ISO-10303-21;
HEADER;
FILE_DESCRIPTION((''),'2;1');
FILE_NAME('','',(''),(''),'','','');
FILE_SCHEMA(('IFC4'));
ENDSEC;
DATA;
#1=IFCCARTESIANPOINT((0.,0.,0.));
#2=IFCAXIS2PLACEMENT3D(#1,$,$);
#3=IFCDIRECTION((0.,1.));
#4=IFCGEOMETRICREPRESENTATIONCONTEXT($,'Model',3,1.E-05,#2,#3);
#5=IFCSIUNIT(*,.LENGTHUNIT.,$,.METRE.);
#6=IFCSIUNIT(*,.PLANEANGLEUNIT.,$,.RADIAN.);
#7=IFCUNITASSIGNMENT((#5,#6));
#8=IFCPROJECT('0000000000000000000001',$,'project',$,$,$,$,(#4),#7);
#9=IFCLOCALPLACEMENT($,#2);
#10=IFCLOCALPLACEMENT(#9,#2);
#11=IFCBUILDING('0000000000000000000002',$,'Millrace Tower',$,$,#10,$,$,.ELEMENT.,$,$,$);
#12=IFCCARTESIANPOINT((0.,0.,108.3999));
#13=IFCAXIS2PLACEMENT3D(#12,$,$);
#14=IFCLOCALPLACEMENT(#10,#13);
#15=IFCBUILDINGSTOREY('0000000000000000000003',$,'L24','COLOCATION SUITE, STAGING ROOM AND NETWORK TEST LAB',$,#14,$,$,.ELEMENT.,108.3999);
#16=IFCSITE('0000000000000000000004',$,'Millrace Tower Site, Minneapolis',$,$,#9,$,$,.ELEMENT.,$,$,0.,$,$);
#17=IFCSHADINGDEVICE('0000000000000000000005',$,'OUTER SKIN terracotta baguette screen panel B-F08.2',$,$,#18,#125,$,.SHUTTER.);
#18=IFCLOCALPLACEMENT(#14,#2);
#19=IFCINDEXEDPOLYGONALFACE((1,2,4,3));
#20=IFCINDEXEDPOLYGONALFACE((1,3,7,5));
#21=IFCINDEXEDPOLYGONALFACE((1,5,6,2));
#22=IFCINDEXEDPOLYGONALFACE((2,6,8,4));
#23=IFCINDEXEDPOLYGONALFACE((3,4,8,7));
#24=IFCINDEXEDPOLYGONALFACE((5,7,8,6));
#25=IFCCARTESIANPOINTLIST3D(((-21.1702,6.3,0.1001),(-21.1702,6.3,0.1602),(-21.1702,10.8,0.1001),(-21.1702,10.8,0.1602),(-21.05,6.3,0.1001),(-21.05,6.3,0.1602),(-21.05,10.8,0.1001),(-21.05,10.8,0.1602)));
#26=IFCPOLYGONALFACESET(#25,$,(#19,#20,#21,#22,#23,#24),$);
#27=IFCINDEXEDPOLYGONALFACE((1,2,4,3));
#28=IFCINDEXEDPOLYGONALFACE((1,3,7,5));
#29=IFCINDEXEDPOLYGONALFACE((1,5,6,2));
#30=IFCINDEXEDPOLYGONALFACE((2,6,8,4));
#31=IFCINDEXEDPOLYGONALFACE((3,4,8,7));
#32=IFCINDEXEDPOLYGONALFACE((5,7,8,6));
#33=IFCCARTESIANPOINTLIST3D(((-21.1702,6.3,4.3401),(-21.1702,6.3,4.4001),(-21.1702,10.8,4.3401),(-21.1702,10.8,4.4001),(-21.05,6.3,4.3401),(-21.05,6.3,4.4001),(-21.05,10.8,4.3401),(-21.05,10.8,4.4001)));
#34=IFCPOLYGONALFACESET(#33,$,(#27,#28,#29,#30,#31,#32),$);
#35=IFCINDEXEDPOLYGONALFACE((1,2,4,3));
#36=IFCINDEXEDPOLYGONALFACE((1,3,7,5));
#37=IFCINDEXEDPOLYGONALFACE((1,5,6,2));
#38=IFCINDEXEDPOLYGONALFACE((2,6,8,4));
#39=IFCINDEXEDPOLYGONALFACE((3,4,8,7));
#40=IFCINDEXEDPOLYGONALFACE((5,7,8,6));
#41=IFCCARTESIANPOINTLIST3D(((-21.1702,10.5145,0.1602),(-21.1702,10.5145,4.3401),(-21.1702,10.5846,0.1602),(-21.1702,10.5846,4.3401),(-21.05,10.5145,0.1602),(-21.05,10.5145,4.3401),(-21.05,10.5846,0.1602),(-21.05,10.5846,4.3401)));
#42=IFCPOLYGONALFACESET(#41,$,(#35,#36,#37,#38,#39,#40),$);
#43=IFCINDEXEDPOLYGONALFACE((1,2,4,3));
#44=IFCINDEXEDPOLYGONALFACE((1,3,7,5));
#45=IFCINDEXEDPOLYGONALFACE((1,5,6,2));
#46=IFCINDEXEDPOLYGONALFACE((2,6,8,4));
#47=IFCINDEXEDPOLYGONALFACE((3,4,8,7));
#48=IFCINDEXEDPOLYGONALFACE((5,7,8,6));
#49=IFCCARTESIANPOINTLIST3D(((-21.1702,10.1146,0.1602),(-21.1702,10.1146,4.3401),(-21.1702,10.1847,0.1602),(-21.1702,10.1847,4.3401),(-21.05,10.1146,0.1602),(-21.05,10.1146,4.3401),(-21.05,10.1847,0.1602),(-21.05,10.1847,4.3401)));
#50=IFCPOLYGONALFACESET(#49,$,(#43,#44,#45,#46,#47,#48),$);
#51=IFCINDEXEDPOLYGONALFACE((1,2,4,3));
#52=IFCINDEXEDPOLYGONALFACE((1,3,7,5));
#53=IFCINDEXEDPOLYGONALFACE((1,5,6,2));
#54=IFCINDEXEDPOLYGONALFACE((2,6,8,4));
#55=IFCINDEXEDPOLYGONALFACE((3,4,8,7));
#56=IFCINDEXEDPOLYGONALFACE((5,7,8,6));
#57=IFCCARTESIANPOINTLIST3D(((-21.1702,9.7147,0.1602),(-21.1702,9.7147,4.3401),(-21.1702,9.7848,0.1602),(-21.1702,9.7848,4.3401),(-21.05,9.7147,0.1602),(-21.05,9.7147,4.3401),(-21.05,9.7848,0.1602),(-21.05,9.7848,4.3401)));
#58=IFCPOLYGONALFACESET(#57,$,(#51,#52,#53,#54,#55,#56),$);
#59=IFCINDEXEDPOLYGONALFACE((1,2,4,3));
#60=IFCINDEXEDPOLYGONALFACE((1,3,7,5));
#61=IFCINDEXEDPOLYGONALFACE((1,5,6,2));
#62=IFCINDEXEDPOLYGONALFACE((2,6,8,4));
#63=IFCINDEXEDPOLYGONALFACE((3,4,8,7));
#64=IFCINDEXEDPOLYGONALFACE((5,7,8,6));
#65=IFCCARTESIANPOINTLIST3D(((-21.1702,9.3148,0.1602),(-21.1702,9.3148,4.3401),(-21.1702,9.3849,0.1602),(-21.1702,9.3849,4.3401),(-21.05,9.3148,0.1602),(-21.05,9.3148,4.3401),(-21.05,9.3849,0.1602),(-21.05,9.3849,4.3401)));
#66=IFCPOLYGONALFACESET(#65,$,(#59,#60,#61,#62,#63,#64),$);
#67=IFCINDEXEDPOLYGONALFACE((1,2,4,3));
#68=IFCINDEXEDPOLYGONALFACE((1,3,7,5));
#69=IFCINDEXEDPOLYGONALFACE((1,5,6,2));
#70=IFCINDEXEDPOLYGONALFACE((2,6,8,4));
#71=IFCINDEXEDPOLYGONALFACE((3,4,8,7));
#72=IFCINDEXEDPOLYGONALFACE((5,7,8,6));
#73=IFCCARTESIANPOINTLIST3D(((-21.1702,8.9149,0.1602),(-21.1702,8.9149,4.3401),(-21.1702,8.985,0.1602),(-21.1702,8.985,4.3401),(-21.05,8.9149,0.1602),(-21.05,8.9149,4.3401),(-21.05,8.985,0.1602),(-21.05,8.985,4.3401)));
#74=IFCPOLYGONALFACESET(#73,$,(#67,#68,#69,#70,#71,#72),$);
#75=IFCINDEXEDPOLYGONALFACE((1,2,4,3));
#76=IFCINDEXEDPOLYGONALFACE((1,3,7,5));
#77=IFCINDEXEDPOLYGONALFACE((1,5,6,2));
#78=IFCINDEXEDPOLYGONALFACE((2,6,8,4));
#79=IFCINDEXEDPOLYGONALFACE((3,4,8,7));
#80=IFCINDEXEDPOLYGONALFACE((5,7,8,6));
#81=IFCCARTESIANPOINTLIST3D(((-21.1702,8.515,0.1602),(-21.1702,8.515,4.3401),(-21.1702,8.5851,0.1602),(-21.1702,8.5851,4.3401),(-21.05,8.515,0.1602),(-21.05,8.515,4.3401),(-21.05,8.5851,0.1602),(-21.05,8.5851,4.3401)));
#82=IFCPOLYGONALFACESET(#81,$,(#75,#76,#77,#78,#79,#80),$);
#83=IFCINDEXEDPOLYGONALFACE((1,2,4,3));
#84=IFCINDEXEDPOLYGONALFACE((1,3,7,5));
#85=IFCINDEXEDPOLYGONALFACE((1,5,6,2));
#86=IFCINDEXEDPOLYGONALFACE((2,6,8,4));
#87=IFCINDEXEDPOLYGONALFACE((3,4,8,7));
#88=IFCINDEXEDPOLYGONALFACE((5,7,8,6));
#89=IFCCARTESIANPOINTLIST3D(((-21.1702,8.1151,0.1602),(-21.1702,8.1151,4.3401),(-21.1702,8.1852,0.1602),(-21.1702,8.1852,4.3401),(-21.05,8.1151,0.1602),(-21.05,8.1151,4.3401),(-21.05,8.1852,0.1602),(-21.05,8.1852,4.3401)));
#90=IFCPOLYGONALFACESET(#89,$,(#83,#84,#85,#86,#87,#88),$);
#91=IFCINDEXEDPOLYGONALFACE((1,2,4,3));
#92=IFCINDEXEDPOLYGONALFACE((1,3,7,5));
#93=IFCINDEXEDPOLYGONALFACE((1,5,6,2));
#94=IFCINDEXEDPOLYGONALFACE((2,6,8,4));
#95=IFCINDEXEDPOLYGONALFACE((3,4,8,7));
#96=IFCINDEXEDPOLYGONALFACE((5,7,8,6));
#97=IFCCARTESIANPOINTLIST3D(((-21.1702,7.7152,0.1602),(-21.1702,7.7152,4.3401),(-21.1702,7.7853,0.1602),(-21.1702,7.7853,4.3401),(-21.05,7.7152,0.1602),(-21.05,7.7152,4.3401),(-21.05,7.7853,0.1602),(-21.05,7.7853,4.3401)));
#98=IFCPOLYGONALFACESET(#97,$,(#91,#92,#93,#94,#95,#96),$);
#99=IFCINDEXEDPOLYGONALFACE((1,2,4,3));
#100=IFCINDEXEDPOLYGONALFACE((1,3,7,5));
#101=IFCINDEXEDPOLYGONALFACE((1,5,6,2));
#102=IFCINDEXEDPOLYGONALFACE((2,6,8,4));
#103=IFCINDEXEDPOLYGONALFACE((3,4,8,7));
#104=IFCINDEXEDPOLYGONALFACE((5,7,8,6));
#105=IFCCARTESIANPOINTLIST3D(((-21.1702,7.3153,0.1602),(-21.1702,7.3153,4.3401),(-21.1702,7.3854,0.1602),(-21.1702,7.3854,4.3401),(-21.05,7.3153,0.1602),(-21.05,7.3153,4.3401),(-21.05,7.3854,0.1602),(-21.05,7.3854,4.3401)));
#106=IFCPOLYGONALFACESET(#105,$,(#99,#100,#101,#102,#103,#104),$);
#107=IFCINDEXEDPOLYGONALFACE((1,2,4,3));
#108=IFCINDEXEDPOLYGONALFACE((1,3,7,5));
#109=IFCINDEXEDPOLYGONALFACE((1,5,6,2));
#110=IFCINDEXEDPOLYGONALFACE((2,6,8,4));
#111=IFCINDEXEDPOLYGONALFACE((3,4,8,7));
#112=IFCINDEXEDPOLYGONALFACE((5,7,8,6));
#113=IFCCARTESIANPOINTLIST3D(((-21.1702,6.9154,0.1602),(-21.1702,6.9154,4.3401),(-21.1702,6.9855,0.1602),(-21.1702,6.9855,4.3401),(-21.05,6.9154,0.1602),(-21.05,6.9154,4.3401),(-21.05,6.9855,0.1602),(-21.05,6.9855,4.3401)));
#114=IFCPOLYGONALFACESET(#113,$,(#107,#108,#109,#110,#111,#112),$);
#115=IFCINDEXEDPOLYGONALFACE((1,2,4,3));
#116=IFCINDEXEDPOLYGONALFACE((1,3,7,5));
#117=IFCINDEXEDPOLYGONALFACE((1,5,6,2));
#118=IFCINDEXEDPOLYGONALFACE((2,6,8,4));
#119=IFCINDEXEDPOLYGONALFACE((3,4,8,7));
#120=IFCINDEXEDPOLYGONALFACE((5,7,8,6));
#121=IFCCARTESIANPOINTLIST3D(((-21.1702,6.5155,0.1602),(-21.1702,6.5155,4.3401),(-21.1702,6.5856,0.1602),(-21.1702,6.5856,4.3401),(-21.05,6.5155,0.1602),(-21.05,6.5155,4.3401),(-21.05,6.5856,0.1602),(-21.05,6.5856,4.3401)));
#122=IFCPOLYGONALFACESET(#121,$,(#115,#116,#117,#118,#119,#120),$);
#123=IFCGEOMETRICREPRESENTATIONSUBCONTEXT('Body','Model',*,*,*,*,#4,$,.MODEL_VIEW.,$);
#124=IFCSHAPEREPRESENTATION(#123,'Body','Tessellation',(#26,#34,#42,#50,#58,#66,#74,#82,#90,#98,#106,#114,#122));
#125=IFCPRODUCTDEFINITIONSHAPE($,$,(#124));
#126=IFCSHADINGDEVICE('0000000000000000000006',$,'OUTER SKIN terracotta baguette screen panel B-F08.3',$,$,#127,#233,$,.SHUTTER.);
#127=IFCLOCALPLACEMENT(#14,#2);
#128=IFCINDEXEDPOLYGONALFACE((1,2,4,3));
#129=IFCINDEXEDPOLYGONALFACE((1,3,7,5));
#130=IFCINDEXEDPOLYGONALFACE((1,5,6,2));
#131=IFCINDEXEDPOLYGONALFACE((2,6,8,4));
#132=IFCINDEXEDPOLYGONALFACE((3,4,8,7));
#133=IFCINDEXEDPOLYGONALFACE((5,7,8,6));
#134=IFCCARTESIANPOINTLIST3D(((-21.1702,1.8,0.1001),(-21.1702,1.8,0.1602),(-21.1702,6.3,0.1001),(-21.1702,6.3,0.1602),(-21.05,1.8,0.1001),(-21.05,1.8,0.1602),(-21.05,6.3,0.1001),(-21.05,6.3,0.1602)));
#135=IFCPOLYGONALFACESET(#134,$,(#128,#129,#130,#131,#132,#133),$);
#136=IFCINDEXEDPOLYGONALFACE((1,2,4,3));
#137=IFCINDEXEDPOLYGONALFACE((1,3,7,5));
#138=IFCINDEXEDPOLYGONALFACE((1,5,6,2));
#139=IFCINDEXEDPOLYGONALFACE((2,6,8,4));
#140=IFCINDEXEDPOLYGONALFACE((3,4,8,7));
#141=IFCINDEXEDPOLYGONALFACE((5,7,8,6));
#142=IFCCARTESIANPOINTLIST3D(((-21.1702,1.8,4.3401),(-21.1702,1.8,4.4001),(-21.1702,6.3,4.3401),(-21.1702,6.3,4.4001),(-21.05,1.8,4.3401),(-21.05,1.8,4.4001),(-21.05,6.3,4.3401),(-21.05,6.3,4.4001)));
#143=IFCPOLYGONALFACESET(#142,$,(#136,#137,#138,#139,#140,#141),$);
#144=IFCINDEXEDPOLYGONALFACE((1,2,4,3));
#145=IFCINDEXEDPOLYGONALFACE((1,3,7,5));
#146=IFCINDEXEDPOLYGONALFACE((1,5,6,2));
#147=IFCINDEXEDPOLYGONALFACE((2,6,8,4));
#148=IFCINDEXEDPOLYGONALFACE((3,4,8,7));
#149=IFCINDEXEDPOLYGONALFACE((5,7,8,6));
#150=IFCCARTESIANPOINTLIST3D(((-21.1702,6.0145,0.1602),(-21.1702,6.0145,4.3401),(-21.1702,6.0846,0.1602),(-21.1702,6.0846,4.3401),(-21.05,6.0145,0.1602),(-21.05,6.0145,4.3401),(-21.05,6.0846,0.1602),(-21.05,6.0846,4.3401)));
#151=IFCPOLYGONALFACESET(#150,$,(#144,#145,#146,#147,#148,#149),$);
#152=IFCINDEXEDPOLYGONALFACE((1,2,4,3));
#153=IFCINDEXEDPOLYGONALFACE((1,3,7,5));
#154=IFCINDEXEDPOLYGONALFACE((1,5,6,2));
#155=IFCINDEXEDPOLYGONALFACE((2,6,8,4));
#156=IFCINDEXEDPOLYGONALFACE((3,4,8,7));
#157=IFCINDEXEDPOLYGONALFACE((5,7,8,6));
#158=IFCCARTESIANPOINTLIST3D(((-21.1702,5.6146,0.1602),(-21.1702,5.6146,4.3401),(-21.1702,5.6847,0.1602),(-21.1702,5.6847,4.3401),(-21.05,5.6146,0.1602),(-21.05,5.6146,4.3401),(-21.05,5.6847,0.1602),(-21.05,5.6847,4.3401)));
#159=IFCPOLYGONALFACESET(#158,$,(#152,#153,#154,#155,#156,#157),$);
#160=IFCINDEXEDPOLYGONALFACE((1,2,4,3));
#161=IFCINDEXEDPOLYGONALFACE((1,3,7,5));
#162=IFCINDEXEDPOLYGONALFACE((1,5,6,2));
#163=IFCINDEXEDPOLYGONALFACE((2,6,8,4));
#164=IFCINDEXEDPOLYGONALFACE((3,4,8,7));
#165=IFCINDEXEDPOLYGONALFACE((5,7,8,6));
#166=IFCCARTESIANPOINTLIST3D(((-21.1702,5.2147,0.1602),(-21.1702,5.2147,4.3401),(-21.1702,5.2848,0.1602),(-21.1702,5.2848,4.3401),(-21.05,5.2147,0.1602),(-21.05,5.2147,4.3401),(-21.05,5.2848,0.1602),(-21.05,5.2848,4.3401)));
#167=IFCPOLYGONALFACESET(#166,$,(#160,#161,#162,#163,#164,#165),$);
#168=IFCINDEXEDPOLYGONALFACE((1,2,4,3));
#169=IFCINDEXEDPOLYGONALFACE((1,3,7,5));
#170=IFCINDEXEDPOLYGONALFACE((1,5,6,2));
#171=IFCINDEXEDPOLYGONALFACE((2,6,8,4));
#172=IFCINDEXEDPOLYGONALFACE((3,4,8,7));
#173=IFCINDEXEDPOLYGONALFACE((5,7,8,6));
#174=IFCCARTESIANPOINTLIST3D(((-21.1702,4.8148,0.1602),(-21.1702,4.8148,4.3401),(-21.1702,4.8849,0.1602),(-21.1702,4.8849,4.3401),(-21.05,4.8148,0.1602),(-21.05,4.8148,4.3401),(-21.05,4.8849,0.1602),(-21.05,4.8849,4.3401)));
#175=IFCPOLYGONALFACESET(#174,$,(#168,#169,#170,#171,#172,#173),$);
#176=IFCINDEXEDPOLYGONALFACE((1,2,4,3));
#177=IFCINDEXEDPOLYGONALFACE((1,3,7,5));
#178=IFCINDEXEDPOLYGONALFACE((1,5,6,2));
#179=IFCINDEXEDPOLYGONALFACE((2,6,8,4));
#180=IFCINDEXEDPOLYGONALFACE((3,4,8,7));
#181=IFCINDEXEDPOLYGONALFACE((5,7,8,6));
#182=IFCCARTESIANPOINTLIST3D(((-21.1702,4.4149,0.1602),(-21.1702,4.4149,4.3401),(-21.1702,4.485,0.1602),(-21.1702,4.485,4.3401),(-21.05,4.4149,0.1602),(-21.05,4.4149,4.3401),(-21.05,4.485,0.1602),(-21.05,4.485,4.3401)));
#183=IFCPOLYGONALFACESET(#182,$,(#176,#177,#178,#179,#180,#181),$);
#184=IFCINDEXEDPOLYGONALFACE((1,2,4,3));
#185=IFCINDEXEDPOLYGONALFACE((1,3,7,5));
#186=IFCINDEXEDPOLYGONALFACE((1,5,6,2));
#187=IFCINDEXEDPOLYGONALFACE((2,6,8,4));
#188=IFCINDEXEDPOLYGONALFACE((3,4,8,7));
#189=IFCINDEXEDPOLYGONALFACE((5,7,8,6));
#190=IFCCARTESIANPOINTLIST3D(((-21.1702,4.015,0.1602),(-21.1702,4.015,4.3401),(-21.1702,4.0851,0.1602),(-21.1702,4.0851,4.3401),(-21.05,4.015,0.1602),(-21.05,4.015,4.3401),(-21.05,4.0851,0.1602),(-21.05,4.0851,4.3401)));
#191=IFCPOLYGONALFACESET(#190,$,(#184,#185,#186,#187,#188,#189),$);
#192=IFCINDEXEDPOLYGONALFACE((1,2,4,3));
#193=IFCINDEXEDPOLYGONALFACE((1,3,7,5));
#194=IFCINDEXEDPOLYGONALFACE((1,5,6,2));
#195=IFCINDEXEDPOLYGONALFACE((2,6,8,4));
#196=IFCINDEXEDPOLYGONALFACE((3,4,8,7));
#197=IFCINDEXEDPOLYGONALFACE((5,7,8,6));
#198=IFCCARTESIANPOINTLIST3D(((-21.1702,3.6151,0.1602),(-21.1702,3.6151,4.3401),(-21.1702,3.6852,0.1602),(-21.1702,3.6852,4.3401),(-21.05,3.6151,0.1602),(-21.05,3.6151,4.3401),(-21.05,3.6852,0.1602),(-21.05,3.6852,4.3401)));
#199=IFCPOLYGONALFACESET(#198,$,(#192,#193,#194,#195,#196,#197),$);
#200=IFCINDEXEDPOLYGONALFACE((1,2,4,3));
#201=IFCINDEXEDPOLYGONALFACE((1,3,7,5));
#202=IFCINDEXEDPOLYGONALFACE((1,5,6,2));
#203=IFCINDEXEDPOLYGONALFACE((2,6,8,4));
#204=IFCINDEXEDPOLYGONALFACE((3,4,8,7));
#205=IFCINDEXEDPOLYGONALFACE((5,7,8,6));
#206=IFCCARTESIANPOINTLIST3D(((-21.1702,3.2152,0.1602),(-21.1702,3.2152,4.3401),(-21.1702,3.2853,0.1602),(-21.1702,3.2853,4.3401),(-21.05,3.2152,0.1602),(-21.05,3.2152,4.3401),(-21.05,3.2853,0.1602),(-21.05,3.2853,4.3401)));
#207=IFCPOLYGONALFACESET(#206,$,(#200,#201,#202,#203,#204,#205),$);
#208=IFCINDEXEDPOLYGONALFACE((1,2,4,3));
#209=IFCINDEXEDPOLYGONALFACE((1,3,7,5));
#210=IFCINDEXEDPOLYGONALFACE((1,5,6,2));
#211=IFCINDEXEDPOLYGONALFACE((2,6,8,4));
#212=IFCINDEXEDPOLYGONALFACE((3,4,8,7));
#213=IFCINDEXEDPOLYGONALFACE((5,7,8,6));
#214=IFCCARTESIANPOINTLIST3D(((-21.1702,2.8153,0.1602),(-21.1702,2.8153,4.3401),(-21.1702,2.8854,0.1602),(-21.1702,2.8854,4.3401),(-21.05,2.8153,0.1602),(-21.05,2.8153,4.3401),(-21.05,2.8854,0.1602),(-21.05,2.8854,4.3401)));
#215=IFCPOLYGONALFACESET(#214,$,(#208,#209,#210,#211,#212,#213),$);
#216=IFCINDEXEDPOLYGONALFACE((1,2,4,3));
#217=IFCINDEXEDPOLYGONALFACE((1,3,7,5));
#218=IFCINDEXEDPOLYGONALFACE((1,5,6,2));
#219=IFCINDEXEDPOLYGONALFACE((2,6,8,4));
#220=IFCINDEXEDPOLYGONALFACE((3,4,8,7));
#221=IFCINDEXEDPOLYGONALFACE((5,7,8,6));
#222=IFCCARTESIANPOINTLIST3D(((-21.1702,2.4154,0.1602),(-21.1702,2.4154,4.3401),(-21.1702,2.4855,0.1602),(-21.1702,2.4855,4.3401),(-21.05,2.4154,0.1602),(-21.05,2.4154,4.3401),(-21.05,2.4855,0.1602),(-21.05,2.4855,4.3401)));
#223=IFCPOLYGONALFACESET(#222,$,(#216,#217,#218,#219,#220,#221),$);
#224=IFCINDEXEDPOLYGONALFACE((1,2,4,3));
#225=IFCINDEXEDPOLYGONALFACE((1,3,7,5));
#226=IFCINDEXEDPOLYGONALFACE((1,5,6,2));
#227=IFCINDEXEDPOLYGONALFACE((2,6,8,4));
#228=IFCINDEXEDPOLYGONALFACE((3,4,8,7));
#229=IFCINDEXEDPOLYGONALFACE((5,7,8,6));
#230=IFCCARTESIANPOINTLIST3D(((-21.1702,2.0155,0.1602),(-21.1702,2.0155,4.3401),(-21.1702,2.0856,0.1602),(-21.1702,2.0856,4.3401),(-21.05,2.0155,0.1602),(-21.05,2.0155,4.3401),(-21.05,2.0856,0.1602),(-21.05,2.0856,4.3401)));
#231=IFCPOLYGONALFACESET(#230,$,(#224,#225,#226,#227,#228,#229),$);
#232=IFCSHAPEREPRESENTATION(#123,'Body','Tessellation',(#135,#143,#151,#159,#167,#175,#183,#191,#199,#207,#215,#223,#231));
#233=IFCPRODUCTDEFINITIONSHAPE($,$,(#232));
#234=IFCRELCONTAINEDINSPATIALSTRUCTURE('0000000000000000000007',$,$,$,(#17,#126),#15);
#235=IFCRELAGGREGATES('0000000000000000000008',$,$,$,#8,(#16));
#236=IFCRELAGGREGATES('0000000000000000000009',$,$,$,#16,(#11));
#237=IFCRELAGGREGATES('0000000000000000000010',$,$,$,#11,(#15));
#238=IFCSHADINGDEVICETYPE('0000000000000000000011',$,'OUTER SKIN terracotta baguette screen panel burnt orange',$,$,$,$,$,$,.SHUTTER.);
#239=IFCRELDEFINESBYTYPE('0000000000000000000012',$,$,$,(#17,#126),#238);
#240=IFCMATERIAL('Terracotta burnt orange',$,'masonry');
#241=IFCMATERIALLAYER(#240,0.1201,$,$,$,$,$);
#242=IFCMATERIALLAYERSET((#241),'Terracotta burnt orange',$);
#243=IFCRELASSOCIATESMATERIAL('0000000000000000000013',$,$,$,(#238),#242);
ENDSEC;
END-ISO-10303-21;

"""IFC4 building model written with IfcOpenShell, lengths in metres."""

from ifc_helpers import new_model, entity, si_unit, direction, frame, frame_2d, origin, origin_2d, place, context, subcontext, project, spatial, rectangle, extrude, source, transform, mapped, material, layer, layer_set, type_object, element, save


model = new_model("IFC4")

# Units and contexts
model_context = context("Model", 3, precision=1e-05, world=origin(), true_north=direction((0.0, 1.0)))
body_context = subcontext(model_context, "Body", "Model", "MODEL_VIEW")
ifc_project = project(units=[si_unit("LENGTHUNIT", "METRE"), si_unit("PLANEANGLEUNIT", "RADIAN")], contexts=[model_context])

# Site, building, storey
site_placement = place(None, origin())
site = spatial("IfcSite", under=ifc_project, at=site_placement, Name="Millrace Tower Site, Minneapolis", CompositionType="ELEMENT", RefElevation=0.0)
building_placement = place(site_placement, origin())
building = spatial("IfcBuilding", under=site, at=building_placement, Name="Millrace Tower", CompositionType="ELEMENT")
storey_placement = place(building_placement, frame((0.0, 0.0, 108.3999)))
storey = spatial("IfcBuildingStorey", under=building, at=storey_placement, Name="L24", Description="COLOCATION SUITE, STAGING ROOM AND NETWORK TEST LAB", CompositionType="ELEMENT", Elevation=108.3999)

# Shading devices
ifc_material_1 = material(Name="Terracotta burnt orange", Category="masonry")
ifc_layer_1 = layer(ifc_material_1, 0.1201)
ifc_layer_set_1 = layer_set([ifc_layer_1], Name="Terracotta burnt orange")
shading_device_type = type_object("IfcShadingDeviceType", Name="OUTER SKIN terracotta baguette screen panel burnt orange", PredefinedType="SHUTTER", material=ifc_layer_set_1)
cartesian_point = entity("IfcCartesianPoint", [-2.25, 0.0601])
shared_polyline = entity("IfcPolyline", [cartesian_point, entity("IfcCartesianPoint", [2.25, 0.0601]), entity("IfcCartesianPoint", [2.25, -0.0601]), entity("IfcCartesianPoint", [-2.25, -0.0601]), cartesian_point])
shared_shape = source(origin(), body_context, "Body", "SweptSolid", [
    entity("IfcExtrudedAreaSolid", entity("IfcArbitraryClosedProfileDef", "AREA", None, shared_polyline), entity("IfcAxis2Placement3D", entity("IfcCartesianPoint", [0.0, 0.0, 0.0])), entity("IfcDirection", [0.0, 0.0, 1.0]), 0.0601),
    entity("IfcExtrudedAreaSolid", entity("IfcArbitraryClosedProfileDef", "AREA", None, shared_polyline), entity("IfcAxis2Placement3D", entity("IfcCartesianPoint", [0.0, 0.0, 4.24])), entity("IfcDirection", [0.0, 0.0, 1.0]), 0.0601),
    extrude(rectangle(XDim=0.0701, YDim=0.1201, at=frame_2d((-1.9995, 0.0))), frame((0.0, 0.0, 0.0601)), (0.0, 0.0, 1.0), 4.1799),
    extrude(rectangle(XDim=0.0701, YDim=0.1201, at=frame_2d((-1.5996, 0.0))), frame((0.0, 0.0, 0.0601)), (0.0, 0.0, 1.0), 4.1799),
    extrude(rectangle(XDim=0.0701, YDim=0.1201, at=frame_2d((-1.1997, 0.0))), frame((0.0, 0.0, 0.0601)), (0.0, 0.0, 1.0), 4.1799),
    extrude(rectangle(XDim=0.0701, YDim=0.1201, at=frame_2d((-0.7998, 0.0))), frame((0.0, 0.0, 0.0601)), (0.0, 0.0, 1.0), 4.1799),
    extrude(rectangle(XDim=0.0701, YDim=0.1201, at=frame_2d((-0.3999, 0.0))), frame((0.0, 0.0, 0.0601)), (0.0, 0.0, 1.0), 4.1799),
    extrude(rectangle(XDim=0.0701, YDim=0.1201, at=origin_2d()), frame((0.0, 0.0, 0.0601)), (0.0, 0.0, 1.0), 4.1799),
    extrude(rectangle(XDim=0.0701, YDim=0.1201, at=frame_2d((0.3999, 0.0))), frame((0.0, 0.0, 0.0601)), (0.0, 0.0, 1.0), 4.1799),
    extrude(rectangle(XDim=0.0701, YDim=0.1201, at=frame_2d((0.7998, 0.0))), frame((0.0, 0.0, 0.0601)), (0.0, 0.0, 1.0), 4.1799),
    extrude(rectangle(XDim=0.0701, YDim=0.1201, at=frame_2d((1.1997, 0.0))), frame((0.0, 0.0, 0.0601)), (0.0, 0.0, 1.0), 4.1799),
    extrude(rectangle(XDim=0.0701, YDim=0.1201, at=frame_2d((1.5996, 0.0))), frame((0.0, 0.0, 0.0601)), (0.0, 0.0, 1.0), 4.1799),
    extrude(rectangle(XDim=0.0701, YDim=0.1201, at=frame_2d((1.9995, 0.0))), frame((0.0, 0.0, 0.0601)), (0.0, 0.0, 1.0), 4.1799),
])
for number, where, z_axis, x_axis, name in (
    (1, (-21.1101, 8.55, 0.1001), (0.0, 0.0, 1.0), (0.0, -1.0, 0.0), "OUTER SKIN terracotta baguette screen panel B-F08.2"),
    (2, (-21.1101, 4.05, 0.1001), (0.0, 0.0, 1.0), (0.0, -1.0, 0.0), "OUTER SKIN terracotta baguette screen panel B-F08.3"),
):
    element("IfcShadingDevice", number, at=place(storey_placement, frame(where, z_axis=z_axis, x_axis=x_axis)), inside=storey, type_object=shading_device_type, Name=name, PredefinedType="SHUTTER", context=body_context, shape_type="MappedRepresentation", body=[
        mapped(shared_shape, transform((0.0, 0.0, 0.0), scale=1.0)),
    ])

save(model, "model.ifc")
